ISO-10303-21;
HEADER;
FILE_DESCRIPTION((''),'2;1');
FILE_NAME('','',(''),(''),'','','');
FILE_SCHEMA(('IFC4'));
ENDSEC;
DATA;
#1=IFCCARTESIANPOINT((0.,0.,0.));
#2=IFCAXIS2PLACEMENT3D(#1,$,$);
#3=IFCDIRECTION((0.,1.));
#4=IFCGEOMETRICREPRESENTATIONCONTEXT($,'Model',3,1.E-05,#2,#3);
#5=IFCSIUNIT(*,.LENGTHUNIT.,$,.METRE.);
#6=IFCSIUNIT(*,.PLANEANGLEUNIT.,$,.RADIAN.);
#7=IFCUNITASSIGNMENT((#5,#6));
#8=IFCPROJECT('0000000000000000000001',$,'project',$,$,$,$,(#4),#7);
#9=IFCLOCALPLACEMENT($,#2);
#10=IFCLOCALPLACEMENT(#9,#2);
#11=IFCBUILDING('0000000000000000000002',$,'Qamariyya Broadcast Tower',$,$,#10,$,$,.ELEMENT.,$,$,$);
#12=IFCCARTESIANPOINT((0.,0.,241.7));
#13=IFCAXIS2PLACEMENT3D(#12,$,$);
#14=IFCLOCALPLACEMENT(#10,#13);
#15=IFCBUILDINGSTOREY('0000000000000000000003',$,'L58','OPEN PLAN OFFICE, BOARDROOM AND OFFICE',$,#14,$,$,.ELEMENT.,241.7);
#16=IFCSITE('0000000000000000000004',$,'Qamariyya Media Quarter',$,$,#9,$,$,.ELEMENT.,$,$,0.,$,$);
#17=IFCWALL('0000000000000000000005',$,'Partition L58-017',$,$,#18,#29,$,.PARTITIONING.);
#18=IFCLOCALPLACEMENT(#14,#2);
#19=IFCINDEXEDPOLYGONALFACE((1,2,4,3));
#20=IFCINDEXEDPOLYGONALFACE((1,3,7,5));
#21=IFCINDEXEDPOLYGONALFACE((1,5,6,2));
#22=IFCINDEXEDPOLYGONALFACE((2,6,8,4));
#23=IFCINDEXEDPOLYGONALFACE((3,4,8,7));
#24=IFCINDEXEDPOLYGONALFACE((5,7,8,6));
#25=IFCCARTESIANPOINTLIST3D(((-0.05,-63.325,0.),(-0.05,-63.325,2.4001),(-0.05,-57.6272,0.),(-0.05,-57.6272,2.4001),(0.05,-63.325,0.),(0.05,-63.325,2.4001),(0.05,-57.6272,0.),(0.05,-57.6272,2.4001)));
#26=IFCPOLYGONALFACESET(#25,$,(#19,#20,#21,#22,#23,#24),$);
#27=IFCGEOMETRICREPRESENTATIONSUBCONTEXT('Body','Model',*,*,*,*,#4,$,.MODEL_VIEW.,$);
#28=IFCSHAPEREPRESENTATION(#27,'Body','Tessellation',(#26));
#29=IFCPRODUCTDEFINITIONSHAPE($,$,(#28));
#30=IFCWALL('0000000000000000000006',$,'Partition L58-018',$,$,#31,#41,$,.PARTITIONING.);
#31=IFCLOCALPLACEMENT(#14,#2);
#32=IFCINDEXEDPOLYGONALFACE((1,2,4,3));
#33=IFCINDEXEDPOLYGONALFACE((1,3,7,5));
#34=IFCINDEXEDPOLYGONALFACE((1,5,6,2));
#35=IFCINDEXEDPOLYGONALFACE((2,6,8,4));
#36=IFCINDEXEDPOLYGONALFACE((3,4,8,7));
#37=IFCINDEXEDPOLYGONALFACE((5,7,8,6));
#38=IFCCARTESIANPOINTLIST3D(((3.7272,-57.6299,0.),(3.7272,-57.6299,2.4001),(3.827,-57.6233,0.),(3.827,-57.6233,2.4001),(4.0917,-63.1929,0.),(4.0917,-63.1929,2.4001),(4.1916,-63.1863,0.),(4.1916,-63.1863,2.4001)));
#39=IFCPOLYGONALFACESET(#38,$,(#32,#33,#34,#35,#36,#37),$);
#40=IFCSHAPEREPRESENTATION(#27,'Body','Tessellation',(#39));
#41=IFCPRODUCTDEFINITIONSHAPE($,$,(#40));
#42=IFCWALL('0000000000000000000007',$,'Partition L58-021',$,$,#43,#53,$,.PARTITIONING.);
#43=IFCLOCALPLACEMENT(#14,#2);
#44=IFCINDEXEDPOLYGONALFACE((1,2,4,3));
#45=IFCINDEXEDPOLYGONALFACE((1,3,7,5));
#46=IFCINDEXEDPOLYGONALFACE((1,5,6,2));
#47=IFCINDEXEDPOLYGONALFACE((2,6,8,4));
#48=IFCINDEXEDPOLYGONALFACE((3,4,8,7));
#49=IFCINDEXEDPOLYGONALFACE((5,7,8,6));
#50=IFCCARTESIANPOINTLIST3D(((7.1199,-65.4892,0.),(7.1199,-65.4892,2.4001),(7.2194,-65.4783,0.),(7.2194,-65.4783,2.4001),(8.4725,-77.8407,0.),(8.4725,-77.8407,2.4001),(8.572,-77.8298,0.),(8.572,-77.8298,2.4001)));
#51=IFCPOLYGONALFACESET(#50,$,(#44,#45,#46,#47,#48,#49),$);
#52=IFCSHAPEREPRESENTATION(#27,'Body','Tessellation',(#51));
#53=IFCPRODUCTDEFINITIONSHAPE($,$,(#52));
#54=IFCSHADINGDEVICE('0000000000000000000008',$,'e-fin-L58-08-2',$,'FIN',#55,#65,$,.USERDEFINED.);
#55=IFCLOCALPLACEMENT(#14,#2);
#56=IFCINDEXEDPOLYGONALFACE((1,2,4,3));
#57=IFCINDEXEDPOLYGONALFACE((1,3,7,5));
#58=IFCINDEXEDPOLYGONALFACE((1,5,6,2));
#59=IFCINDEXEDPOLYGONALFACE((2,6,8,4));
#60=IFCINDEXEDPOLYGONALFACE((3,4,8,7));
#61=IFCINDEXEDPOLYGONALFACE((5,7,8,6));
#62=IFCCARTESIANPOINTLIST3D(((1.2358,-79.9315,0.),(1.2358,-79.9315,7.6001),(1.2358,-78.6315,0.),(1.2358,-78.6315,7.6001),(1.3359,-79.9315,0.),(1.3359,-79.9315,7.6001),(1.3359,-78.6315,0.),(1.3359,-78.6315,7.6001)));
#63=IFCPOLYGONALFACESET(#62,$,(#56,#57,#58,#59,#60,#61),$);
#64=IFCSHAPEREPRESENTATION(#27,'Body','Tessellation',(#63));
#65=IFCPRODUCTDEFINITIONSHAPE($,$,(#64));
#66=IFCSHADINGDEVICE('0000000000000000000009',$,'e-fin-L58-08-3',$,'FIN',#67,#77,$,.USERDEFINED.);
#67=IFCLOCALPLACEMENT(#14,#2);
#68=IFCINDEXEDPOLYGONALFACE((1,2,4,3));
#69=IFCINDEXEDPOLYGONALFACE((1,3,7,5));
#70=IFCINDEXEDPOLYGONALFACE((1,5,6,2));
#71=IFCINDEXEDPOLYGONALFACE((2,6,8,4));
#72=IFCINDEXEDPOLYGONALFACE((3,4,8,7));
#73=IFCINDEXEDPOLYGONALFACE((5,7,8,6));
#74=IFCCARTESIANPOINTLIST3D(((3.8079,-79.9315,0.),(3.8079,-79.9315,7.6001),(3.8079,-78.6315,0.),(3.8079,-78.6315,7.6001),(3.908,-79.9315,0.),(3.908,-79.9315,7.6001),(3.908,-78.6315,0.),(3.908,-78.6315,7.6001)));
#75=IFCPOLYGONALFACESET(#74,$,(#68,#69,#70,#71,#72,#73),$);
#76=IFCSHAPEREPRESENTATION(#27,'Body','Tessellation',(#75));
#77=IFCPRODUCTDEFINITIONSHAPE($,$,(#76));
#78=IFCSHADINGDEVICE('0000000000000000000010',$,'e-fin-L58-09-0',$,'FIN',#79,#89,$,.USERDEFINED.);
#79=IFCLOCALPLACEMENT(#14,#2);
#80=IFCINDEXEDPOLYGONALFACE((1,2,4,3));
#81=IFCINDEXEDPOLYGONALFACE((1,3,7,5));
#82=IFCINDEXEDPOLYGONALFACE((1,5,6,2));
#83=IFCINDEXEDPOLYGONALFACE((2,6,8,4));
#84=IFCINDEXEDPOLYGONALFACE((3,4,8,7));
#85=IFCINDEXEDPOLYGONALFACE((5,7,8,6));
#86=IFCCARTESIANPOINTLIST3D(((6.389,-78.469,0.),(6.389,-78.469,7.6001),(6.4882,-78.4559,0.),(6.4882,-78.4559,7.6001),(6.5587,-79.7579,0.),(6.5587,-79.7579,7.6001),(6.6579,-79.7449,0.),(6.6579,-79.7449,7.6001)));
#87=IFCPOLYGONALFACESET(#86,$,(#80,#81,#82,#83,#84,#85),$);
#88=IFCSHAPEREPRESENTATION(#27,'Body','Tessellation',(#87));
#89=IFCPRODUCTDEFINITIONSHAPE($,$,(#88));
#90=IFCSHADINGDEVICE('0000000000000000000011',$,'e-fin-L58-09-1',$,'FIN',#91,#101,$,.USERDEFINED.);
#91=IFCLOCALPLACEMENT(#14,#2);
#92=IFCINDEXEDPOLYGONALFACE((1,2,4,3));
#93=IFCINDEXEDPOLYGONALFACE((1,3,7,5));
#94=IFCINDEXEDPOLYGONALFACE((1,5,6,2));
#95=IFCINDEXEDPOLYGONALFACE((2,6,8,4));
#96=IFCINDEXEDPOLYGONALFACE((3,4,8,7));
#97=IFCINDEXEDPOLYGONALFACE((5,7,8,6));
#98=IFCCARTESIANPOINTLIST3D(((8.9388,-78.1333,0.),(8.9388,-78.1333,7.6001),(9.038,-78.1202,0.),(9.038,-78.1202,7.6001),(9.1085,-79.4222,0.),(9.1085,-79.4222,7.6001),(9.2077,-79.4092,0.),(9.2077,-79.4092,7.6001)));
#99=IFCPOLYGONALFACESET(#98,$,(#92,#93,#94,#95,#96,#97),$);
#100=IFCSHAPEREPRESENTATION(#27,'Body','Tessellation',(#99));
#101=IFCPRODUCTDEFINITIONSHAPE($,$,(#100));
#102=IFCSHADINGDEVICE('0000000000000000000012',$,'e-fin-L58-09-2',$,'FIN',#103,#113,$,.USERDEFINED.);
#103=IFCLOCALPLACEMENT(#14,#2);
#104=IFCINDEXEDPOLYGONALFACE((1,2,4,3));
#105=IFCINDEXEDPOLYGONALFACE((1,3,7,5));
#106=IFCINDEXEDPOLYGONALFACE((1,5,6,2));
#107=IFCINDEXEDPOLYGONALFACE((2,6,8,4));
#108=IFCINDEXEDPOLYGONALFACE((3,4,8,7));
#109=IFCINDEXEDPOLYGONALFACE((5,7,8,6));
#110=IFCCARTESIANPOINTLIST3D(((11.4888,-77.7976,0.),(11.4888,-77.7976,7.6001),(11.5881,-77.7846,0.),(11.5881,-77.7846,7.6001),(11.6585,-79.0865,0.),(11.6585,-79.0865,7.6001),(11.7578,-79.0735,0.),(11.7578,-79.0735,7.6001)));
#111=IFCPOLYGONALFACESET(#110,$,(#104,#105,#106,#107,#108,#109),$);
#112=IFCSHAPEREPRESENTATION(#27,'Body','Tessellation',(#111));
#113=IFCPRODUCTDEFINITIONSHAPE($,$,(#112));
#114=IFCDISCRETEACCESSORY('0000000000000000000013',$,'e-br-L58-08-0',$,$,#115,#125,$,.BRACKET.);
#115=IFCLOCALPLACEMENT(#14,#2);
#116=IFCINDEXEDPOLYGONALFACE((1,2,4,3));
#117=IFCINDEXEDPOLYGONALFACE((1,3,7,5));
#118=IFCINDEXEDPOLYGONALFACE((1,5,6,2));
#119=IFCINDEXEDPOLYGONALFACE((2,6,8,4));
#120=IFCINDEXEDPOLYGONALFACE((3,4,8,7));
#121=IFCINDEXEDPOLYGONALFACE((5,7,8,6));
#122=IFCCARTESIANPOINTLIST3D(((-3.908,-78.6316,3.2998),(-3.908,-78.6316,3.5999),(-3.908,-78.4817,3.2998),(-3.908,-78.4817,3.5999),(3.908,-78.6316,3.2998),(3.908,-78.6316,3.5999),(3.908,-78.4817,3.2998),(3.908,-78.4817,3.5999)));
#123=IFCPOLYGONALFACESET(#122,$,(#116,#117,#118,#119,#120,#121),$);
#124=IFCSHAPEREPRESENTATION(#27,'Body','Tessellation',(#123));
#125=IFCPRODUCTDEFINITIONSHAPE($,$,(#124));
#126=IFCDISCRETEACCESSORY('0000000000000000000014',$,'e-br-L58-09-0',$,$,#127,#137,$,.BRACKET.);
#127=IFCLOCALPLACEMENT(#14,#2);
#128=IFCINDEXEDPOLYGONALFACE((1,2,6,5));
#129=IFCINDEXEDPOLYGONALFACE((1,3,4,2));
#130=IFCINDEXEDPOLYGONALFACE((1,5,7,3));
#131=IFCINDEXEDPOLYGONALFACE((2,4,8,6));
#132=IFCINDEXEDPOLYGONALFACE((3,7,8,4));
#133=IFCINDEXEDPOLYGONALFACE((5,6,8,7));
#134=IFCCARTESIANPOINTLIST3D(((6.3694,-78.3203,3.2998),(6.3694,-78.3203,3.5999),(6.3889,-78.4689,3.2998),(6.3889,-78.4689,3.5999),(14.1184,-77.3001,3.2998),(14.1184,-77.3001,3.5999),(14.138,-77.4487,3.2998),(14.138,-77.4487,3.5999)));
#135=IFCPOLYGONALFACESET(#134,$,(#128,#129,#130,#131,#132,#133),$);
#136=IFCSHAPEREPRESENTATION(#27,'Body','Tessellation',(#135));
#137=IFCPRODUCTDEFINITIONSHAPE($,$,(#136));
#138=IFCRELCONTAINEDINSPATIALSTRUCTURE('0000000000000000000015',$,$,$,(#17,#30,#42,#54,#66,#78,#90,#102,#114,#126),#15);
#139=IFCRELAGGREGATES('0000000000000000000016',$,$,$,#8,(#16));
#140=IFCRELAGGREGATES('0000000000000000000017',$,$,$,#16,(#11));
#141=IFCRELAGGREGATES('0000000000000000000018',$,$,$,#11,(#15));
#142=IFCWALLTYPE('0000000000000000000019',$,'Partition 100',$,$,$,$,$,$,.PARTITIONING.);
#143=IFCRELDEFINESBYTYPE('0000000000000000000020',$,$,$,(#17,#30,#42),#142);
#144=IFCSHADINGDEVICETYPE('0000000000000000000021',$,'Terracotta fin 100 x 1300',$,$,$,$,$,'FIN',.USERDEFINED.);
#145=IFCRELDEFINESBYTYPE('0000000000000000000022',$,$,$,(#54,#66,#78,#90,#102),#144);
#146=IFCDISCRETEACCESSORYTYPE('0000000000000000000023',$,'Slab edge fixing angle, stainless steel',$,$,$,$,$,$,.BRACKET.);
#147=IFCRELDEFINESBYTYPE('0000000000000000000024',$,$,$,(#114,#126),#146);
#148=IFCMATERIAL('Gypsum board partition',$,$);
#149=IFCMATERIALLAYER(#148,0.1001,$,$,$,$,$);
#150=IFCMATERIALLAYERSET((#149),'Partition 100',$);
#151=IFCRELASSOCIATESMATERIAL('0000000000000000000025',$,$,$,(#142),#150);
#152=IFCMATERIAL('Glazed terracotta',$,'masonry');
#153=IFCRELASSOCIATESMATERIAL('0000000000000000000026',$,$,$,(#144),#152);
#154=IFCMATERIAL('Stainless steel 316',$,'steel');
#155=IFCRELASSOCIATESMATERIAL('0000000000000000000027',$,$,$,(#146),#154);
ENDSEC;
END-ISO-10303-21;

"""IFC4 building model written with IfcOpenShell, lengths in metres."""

from ifc_helpers import new_model, si_unit, direction, frame, frame_2d, origin, origin_2d, place, context, subcontext, project, spatial, rectangle, extrude, material, layer, layer_set, material_profile, profile_set, type_object, element, save


model = new_model("IFC4")

# Units and contexts
model_context = context("Model", 3, precision=1e-05, world=origin(), true_north=direction((0.0, 1.0)))
body_context = subcontext(model_context, "Body", "Model", "MODEL_VIEW")
ifc_project = project(units=[si_unit("LENGTHUNIT", "METRE"), si_unit("PLANEANGLEUNIT", "RADIAN")], contexts=[model_context])

# Site, building, storey
site_placement = place(None, origin())
site = spatial("IfcSite", under=ifc_project, at=site_placement, Name="Qamariyya Media Quarter", CompositionType="ELEMENT", RefElevation=0.0)
building_placement = place(site_placement, origin())
building = spatial("IfcBuilding", under=site, at=building_placement, Name="Qamariyya Broadcast Tower", CompositionType="ELEMENT")
storey_placement = place(building_placement, frame((0.0, 0.0, 241.7)))
storey = spatial("IfcBuildingStorey", under=building, at=storey_placement, Name="L58", Description="OPEN PLAN OFFICE, BOARDROOM AND OFFICE", CompositionType="ELEMENT", Elevation=241.7)

# Shared definitions
ifc_material_1 = material(Name="Gypsum board partition")

# Walls
ifc_layer_1 = layer(ifc_material_1, 0.1001)
ifc_layer_set_1 = layer_set([ifc_layer_1], Name="Partition 100")
wall_type_1 = type_object("IfcWallType", Name="Partition 100", PredefinedType="PARTITIONING", material=ifc_layer_set_1)
wall_1_placement = place(storey_placement, frame((0.0, -57.6272, 0.0), z_axis=(0.0, 0.0, 1.0), x_axis=(0.0, -1.0, 0.0)))
element("IfcWall", 1, at=wall_1_placement, inside=storey, type_object=wall_type_1, Name="Partition L58-017", PredefinedType="PARTITIONING", context=body_context, shape_type="SweptSolid", body=[
    extrude(rectangle(XDim=5.6978, YDim=0.1001, at=frame_2d((2.8489, 0.0))), origin(), (0.0, 0.0, 1.0), 2.4001),
])
wall_2_placement = place(storey_placement, frame((3.7771, -57.6265, 0.0), z_axis=(0.0, 0.0, 1.0), x_axis=(0.065382, -0.99786, 0.0)))
element("IfcWall", 2, at=wall_2_placement, inside=storey, type_object=wall_type_1, Name="Partition L58-018", PredefinedType="PARTITIONING", context=body_context, shape_type="SweptSolid", body=[
    extrude(rectangle(XDim=5.575, YDim=0.1001, at=frame_2d((2.7876, 0.0))), origin(), (0.0, 0.0, 1.0), 2.4001),
])
wall_3_placement = place(storey_placement, frame((8.5222, -77.8352, 0.0), z_axis=(0.0, 0.0, 1.0), x_axis=(-0.108853, 0.994058, 0.0)))
element("IfcWall", 3, at=wall_3_placement, inside=storey, type_object=wall_type_1, Name="Partition L58-021", PredefinedType="PARTITIONING", context=body_context, shape_type="SweptSolid", body=[
    extrude(rectangle(XDim=12.4253, YDim=0.1001, at=frame_2d((6.2126, 0.0))), origin(), (0.0, 0.0, 1.0), 2.4001),
])

# Shading devices
ifc_material_2 = material(Name="Glazed terracotta", Category="masonry")
ifc_material_profile_1 = material_profile(ifc_material_2, rectangle(XDim=1.3, YDim=0.1001, at=origin_2d()))
ifc_profile_set_1 = profile_set([ifc_material_profile_1], Name="Glazed terracotta")
shading_device_type = type_object("IfcShadingDeviceType", Name="Terracotta fin 100 x 1300", ElementType="FIN", PredefinedType="USERDEFINED", material=ifc_profile_set_1)
for number, where, z_axis, x_axis, name in (
    (4, (1.2859, -79.2815, 0.0), (0.0, 0.0, 1.0), (0.0, -1.0, 0.0), "e-fin-L58-08-2"),
    (5, (3.8579, -79.2815, 0.0), (0.0, 0.0, 1.0), (0.0, -1.0, 0.0), "e-fin-L58-08-3"),
    (6, (6.5234, -79.1069, 0.0), (0.0, 0.0, 1.0), (0.130526, -0.991445, 0.0), "e-fin-L58-09-0"),
    (7, (9.0732, -78.7712, 0.0), (0.0, 0.0, 1.0), (0.130526, -0.991445, 0.0), "e-fin-L58-09-1"),
    (8, (11.6233, -78.4355, 0.0), (0.0, 0.0, 1.0), (0.130526, -0.991445, 0.0), "e-fin-L58-09-2"),
):
    element("IfcShadingDevice", number, at=place(storey_placement, frame(where, z_axis=z_axis, x_axis=x_axis)), inside=storey, type_object=shading_device_type, Name=name, ObjectType="FIN", PredefinedType="USERDEFINED", context=body_context, shape_type="SweptSolid", body=[
        extrude(rectangle(XDim=1.3, YDim=0.1001, at=origin_2d()), origin(), (0.0, 0.0, 1.0), 7.6001),
    ])

# Discrete accessories
ifc_material_3 = material(Name="Stainless steel 316", Category="steel")
discrete_accessory_type = type_object("IfcDiscreteAccessoryType", Name="Slab edge fixing angle, stainless steel", PredefinedType="BRACKET", material=ifc_material_3)
for number, where, z_axis, x_axis, name in (
    (9, (0.0, -78.5566, 3.2998), (0.0, 0.0, 1.0), (1.0, 0.0, 0.0), "e-br-L58-08-0"),
    (10, (10.2537, -77.8845, 3.2998), (0.0, 0.0, 1.0), (0.991445, 0.130526, 0.0), "e-br-L58-09-0"),
):
    element("IfcDiscreteAccessory", number, at=place(storey_placement, frame(where, z_axis=z_axis, x_axis=x_axis)), inside=storey, type_object=discrete_accessory_type, Name=name, PredefinedType="BRACKET", context=body_context, shape_type="SweptSolid", body=[
        extrude(rectangle(XDim=7.8159, YDim=0.1499, at=origin_2d()), origin(), (0.0, 0.0, 1.0), 0.3),
    ])

save(model, "model.ifc")
